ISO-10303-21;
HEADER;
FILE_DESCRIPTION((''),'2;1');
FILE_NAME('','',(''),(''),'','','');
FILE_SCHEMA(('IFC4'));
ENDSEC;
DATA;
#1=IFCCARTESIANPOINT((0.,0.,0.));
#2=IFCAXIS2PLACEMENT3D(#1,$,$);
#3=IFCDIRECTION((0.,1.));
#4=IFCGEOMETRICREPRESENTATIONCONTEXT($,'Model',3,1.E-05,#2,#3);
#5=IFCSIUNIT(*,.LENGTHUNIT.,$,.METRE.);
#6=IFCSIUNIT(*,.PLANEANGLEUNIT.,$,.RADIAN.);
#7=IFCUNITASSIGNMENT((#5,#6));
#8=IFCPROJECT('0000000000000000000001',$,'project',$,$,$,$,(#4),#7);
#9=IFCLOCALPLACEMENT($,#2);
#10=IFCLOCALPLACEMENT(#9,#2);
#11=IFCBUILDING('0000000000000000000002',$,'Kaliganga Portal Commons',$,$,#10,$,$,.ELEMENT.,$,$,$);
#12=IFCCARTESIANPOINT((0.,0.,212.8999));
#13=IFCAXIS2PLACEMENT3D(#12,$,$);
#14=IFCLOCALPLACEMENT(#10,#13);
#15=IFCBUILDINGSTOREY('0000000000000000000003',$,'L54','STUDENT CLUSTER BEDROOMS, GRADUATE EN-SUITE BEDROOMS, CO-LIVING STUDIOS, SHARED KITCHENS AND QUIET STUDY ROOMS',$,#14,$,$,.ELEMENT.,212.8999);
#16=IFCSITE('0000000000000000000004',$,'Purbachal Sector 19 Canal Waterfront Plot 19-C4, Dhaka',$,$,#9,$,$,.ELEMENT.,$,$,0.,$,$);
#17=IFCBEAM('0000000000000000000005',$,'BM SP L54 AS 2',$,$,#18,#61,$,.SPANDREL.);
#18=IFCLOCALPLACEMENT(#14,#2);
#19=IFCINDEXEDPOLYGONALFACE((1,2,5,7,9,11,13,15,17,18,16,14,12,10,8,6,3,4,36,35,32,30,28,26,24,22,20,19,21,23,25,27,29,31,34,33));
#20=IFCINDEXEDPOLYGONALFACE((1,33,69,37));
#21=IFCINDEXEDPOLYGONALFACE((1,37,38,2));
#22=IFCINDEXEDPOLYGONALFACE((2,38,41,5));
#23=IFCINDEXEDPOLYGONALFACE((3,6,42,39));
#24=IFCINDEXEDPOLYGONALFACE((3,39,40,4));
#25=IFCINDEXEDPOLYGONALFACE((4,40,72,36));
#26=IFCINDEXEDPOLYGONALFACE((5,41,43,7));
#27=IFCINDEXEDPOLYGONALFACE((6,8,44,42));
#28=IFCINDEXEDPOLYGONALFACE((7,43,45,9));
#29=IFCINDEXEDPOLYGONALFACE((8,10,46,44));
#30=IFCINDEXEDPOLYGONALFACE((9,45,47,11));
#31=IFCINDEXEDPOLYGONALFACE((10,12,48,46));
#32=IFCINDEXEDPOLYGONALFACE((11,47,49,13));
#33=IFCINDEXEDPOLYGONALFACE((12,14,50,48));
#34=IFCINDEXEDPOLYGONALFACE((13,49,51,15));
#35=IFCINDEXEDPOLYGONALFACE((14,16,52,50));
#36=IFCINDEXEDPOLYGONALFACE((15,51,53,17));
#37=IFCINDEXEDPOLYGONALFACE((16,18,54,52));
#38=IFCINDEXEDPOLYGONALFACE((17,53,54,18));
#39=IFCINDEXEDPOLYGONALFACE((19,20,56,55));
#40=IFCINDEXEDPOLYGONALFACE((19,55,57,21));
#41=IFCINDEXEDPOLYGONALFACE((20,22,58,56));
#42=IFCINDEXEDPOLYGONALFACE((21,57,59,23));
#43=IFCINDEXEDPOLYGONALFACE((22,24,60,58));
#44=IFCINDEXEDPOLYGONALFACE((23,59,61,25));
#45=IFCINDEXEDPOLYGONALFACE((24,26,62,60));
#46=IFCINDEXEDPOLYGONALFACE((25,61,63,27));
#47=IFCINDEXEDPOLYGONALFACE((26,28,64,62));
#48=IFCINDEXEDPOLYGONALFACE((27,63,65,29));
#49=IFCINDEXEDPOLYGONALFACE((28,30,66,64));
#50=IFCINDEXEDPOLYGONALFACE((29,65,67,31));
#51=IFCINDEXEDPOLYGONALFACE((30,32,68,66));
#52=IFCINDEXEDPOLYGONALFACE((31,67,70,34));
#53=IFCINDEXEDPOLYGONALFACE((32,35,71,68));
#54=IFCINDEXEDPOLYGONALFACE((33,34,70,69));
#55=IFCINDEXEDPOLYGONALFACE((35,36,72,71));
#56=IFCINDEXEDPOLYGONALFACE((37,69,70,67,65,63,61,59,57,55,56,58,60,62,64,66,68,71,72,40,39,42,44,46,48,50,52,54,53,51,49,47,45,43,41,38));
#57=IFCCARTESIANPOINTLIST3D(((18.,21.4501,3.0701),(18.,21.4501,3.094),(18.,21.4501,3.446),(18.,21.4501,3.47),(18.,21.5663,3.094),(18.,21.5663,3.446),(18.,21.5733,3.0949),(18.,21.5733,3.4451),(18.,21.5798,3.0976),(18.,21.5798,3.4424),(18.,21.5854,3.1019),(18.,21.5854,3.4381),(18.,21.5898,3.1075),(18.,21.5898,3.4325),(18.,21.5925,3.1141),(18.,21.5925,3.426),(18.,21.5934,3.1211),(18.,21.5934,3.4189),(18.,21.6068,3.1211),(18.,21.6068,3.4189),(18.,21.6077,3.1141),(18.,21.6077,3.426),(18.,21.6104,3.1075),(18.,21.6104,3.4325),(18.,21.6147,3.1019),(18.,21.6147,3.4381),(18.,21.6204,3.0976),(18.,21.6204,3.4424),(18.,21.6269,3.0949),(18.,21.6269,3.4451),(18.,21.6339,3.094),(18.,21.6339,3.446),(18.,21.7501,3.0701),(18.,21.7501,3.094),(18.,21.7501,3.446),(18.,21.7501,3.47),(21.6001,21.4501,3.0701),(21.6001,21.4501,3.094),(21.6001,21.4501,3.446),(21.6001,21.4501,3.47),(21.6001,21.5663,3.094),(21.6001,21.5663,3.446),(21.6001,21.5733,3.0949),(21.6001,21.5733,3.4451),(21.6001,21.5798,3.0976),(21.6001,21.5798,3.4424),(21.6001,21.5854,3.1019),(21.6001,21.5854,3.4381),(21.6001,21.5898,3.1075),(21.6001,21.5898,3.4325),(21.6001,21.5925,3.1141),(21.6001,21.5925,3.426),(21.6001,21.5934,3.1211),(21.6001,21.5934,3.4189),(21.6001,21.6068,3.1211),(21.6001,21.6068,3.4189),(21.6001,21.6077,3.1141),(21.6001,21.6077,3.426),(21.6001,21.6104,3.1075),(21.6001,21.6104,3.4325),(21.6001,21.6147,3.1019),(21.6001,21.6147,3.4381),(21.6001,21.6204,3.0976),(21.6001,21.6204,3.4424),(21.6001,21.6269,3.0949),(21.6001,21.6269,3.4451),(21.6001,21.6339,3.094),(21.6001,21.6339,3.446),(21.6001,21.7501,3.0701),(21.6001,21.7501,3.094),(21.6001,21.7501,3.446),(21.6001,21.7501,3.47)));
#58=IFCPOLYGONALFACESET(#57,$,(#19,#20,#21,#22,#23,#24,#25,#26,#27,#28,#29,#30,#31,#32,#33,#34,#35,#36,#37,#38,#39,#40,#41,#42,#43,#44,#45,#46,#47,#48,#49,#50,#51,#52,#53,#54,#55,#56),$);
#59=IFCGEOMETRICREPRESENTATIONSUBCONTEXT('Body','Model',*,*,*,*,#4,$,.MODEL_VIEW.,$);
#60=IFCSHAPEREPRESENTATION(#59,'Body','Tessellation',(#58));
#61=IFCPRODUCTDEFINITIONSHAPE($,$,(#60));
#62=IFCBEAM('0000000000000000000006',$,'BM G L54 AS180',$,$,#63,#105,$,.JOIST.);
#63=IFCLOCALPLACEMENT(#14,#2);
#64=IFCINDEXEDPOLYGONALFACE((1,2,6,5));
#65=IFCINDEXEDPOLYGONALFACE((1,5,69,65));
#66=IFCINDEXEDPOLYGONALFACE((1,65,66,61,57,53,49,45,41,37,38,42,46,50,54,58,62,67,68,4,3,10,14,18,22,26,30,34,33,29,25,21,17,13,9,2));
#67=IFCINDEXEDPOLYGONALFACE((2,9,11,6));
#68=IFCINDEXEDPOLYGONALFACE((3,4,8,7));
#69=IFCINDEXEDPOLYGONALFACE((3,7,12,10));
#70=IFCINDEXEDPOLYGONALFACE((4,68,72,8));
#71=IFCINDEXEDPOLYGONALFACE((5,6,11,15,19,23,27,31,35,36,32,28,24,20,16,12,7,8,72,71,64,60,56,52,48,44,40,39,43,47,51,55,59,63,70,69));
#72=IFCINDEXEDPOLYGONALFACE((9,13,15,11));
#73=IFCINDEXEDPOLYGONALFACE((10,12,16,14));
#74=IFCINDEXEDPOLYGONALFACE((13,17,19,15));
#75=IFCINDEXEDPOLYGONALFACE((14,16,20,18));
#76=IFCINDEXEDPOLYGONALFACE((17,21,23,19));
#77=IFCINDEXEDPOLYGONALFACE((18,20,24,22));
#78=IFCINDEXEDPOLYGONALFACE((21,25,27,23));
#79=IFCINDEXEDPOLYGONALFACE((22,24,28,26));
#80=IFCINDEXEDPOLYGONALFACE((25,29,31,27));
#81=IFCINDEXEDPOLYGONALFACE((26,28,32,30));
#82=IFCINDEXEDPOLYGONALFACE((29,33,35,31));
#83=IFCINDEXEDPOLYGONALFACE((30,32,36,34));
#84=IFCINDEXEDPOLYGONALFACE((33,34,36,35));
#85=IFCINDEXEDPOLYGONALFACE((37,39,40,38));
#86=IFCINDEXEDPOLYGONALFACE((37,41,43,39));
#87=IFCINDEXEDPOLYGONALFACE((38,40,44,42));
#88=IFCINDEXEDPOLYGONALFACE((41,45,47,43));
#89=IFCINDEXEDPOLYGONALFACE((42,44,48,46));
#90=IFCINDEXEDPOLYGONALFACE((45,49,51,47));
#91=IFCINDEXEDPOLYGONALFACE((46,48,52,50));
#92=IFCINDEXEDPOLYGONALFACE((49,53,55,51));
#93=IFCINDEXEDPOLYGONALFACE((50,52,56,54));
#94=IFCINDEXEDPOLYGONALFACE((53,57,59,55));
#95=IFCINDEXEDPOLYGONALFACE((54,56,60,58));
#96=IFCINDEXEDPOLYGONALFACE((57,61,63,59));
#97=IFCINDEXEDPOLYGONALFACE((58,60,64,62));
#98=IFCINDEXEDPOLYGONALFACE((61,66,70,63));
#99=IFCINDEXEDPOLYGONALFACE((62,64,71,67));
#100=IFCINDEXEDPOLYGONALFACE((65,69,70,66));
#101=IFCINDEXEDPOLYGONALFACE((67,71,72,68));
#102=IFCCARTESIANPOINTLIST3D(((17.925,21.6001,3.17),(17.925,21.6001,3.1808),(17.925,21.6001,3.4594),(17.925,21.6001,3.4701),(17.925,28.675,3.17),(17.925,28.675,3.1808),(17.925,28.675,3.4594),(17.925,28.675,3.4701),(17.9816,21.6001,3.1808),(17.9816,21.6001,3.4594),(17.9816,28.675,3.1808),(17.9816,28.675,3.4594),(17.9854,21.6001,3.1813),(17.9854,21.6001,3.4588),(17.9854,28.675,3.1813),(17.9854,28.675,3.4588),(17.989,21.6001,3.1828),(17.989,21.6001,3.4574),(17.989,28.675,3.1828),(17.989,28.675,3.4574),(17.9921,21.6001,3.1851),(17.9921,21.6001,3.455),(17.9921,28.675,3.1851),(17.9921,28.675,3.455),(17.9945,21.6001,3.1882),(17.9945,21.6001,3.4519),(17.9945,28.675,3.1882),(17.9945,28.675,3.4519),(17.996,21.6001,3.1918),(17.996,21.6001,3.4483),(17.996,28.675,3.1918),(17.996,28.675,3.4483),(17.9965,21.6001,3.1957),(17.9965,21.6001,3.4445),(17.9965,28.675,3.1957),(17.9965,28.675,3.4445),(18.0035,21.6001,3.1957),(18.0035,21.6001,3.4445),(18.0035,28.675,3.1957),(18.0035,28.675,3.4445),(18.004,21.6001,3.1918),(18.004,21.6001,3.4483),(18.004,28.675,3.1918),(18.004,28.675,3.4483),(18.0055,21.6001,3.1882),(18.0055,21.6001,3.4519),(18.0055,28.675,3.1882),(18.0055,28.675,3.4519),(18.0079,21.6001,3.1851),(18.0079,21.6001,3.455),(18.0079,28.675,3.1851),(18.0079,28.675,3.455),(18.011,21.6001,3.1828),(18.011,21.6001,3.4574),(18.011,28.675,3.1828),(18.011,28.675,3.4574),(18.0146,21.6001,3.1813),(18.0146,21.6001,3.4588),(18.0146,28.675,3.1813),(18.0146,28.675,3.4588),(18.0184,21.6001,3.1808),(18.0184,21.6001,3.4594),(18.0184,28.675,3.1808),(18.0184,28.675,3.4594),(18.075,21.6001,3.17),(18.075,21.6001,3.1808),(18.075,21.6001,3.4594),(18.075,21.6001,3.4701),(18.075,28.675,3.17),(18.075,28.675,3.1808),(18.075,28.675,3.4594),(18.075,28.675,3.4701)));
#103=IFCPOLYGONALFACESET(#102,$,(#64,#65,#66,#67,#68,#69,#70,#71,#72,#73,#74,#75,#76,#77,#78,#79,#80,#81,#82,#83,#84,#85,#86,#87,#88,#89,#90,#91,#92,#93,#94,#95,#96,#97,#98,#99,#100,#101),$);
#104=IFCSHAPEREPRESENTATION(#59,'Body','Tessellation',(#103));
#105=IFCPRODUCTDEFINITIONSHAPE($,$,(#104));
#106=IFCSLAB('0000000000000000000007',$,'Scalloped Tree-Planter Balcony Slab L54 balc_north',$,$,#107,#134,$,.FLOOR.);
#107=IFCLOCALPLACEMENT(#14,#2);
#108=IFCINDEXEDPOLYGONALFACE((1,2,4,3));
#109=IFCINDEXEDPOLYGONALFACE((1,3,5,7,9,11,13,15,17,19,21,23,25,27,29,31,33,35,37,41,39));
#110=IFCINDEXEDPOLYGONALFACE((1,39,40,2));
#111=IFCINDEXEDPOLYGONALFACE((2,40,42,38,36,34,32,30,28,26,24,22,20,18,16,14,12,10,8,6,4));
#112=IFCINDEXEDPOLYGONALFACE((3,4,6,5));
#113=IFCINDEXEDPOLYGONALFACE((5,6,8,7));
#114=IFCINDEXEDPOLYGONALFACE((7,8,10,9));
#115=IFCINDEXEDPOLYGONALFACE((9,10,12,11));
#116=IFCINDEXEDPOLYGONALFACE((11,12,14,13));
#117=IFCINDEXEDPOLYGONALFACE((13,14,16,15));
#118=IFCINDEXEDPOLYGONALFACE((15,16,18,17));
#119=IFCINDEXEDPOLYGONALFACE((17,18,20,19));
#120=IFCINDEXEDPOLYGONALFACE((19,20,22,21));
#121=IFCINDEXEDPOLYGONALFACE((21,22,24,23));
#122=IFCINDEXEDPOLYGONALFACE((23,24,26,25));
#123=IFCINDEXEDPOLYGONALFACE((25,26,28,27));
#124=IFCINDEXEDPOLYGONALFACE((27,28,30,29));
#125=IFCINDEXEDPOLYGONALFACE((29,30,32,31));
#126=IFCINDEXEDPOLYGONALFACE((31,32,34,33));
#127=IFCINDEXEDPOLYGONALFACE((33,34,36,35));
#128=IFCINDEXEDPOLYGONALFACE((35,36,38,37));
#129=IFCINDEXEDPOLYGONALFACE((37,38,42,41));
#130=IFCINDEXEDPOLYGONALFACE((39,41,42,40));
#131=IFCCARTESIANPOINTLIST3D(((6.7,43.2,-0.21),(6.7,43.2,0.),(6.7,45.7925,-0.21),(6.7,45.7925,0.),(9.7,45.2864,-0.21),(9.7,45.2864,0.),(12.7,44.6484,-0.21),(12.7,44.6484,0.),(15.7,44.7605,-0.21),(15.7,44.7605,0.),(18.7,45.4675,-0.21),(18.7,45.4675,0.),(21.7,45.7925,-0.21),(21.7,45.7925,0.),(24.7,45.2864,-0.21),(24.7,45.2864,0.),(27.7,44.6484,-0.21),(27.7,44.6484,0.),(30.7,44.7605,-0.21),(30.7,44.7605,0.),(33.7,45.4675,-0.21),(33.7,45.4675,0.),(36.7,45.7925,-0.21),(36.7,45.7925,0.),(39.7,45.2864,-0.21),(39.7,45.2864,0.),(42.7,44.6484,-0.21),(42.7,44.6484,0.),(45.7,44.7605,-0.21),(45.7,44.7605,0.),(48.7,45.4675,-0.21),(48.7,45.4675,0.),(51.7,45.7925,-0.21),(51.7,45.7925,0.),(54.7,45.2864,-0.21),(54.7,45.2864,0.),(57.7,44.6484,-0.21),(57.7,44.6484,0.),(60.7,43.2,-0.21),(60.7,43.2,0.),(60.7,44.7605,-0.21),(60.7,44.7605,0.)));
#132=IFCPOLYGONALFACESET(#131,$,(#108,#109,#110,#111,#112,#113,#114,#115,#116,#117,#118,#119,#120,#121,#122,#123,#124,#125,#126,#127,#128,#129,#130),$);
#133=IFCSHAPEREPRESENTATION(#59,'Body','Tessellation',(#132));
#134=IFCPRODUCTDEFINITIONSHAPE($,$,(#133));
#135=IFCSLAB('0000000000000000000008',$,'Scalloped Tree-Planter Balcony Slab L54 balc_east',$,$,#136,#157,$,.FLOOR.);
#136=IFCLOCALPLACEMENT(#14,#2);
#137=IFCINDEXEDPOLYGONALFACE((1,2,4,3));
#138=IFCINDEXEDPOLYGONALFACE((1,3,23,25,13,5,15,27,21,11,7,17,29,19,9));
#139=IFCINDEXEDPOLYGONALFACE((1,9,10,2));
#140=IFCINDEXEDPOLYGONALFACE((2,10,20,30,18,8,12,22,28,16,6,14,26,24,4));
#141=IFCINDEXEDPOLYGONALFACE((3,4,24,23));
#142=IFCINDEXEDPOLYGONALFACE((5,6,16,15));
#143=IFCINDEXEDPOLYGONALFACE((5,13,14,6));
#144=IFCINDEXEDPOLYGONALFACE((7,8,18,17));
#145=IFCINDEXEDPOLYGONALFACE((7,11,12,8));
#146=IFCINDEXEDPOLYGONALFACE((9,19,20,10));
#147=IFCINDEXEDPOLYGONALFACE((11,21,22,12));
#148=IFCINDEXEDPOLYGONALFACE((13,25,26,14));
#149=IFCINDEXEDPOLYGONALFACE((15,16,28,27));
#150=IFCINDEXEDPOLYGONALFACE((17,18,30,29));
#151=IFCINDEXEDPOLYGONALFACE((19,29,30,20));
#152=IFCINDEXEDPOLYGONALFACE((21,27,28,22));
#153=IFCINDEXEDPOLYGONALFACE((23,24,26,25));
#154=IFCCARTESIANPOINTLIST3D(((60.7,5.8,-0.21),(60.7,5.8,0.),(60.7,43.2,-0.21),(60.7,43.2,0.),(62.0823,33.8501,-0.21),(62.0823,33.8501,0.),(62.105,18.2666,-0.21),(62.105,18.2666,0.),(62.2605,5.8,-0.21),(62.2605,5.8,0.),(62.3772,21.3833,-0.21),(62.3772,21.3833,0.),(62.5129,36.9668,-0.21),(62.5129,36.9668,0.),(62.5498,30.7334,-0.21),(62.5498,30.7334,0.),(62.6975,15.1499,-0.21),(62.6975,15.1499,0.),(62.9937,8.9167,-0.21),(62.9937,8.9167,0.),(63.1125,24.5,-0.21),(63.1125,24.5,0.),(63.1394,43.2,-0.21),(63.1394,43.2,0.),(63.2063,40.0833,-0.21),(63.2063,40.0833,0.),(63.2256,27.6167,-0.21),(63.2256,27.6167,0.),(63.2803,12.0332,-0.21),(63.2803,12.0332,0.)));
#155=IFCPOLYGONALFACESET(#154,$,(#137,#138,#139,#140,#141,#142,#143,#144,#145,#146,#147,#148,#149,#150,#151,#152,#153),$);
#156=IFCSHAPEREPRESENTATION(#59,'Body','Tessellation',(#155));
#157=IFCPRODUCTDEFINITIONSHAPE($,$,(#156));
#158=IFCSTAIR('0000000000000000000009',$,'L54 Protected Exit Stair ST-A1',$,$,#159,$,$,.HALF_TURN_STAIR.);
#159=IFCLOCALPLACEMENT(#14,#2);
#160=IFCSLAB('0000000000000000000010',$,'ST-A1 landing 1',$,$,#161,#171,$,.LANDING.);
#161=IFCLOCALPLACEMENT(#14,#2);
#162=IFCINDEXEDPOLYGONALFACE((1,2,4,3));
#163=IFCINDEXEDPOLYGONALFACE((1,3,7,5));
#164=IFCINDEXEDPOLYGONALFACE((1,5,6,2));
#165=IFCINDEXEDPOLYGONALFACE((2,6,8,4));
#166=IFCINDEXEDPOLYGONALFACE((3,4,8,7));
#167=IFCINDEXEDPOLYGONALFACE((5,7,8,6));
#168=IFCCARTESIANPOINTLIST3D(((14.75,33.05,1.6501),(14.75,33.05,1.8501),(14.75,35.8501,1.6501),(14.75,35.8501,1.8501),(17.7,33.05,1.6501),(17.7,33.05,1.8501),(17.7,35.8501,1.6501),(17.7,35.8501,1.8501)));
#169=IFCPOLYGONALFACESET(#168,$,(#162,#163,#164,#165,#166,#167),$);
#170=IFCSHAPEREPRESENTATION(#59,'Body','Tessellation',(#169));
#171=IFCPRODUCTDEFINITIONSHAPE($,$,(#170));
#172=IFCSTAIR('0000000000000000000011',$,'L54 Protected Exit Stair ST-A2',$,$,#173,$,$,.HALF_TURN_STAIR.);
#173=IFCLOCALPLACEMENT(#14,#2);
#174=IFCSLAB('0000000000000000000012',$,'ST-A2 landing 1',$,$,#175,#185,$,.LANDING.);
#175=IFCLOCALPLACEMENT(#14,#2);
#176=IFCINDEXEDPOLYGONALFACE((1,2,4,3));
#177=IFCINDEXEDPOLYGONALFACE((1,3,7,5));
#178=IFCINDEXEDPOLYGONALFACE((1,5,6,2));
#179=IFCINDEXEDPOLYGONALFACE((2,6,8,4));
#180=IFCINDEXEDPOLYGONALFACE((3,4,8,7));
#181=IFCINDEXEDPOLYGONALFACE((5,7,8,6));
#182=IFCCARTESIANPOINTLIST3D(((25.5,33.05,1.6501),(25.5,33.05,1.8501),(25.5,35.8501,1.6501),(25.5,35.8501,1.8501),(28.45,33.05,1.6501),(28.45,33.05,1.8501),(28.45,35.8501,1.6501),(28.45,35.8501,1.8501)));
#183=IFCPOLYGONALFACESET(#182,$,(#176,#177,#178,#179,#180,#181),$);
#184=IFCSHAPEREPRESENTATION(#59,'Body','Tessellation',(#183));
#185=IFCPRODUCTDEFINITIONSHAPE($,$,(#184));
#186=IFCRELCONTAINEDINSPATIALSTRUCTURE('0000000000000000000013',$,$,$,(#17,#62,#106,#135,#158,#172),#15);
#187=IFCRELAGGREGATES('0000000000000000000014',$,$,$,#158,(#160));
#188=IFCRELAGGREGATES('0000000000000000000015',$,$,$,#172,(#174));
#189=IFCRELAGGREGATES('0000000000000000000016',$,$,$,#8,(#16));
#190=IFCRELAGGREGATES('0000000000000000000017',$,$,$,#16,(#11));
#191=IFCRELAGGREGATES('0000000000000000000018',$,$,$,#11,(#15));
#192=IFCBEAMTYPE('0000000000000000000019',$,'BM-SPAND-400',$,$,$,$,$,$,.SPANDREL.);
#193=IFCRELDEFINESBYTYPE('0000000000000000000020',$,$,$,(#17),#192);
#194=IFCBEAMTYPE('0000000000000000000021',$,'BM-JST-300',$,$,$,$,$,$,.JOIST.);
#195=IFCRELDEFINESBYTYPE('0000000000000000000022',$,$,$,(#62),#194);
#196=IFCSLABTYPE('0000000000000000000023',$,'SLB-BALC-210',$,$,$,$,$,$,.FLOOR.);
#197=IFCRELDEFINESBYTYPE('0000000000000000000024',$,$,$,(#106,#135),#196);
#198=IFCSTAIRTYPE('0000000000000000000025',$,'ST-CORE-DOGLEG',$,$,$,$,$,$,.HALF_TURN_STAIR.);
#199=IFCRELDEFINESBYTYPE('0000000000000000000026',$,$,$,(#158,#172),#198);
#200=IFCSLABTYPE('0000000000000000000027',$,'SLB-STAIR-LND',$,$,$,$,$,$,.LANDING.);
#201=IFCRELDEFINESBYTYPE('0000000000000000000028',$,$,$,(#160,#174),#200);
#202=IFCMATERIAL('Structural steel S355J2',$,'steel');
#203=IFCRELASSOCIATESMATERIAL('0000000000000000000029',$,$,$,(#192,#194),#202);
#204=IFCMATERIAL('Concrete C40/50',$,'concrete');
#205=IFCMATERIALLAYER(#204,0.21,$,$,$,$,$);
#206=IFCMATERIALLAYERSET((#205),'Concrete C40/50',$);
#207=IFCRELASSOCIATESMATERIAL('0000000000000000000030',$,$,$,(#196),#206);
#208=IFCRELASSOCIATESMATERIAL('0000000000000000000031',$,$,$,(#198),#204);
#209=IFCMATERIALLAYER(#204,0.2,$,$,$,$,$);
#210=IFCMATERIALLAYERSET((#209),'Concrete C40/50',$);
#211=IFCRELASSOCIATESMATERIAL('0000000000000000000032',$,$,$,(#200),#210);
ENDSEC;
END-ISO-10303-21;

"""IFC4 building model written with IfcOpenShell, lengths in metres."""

from ifc_helpers import new_model, si_unit, direction, frame, origin, origin_2d, place, context, subcontext, project, spatial, polyline, i_section, outline, extrude, source, transform, mapped, material, layer, layer_set, material_profile, profile_set, type_object, element, aggregate, save


model = new_model("IFC4")

# Units and contexts
model_context = context("Model", 3, precision=1e-05, world=origin(), true_north=direction((0.0, 1.0)))
body_context = subcontext(model_context, "Body", "Model", "MODEL_VIEW")
ifc_project = project(units=[si_unit("LENGTHUNIT", "METRE"), si_unit("PLANEANGLEUNIT", "RADIAN")], contexts=[model_context])

# Site, building, storey
site_placement = place(None, origin())
site = spatial("IfcSite", under=ifc_project, at=site_placement, Name="Purbachal Sector 19 Canal Waterfront Plot 19-C4, Dhaka", CompositionType="ELEMENT", RefElevation=0.0)
building_placement = place(site_placement, origin())
building = spatial("IfcBuilding", under=site, at=building_placement, Name="Kaliganga Portal Commons", CompositionType="ELEMENT")
storey_placement = place(building_placement, frame((0.0, 0.0, 212.8999)))
storey = spatial("IfcBuildingStorey", under=building, at=storey_placement, Name="L54", Description="STUDENT CLUSTER BEDROOMS, GRADUATE EN-SUITE BEDROOMS, CO-LIVING STUDIOS, SHARED KITCHENS AND QUIET STUDY ROOMS", CompositionType="ELEMENT", Elevation=212.8999)

# Shared definitions
ifc_material_1 = material(Name="Structural steel S355J2", Category="steel")

# Beams
ifc_material_profile_1 = material_profile(ifc_material_1, i_section(OverallWidth=0.3, OverallDepth=0.3999, WebThickness=0.0134, FlangeThickness=0.0239, FilletRadius=0.0271, at=origin_2d()), Name="HE 400 B")
ifc_profile_set_1 = profile_set([ifc_material_profile_1], Name="Structural steel S355J2 wide-flange")
beam_type_1 = type_object("IfcBeamType", Name="BM-SPAND-400", PredefinedType="SPANDREL", material=ifc_profile_set_1)
shared_shape_1 = source(origin(), body_context, "Body", "SweptSolid", [
    extrude(i_section(OverallWidth=0.3, OverallDepth=0.3999, WebThickness=0.0134, FlangeThickness=0.0239, FilletRadius=0.0271, at=origin_2d()), origin(), (0.0, 0.0, 1.0), 3.6001),
])
for number, where, z_axis, x_axis, name in (
    (1, (18.0, 21.6001, 3.27), (1.0, 0.0, 0.0), (0.0, 1.0, 0.0), "BM SP L54 AS 2"),
):
    element("IfcBeam", number, at=place(storey_placement, frame(where, z_axis=z_axis, x_axis=x_axis)), inside=storey, type_object=beam_type_1, Name=name, PredefinedType="SPANDREL", context=body_context, shape_type="MappedRepresentation", body=[
        mapped(shared_shape_1, transform((0.0, 0.0, 0.0), x_axis=(1.0, 0.0, 0.0), y_axis=(0.0, 1.0, 0.0), z_axis=(0.0, 0.0, 1.0), scale=1.0)),
    ])
ifc_material_profile_2 = material_profile(ifc_material_1, i_section(OverallWidth=0.1499, OverallDepth=0.3, WebThickness=0.0071, FlangeThickness=0.0107, FilletRadius=0.0149, at=origin_2d()), Name="IPE 300")
ifc_profile_set_2 = profile_set([ifc_material_profile_2], Name="Structural steel S355J2 wide-flange")
beam_type_2 = type_object("IfcBeamType", Name="BM-JST-300", PredefinedType="JOIST", material=ifc_profile_set_2)
shared_shape_2 = source(origin(), body_context, "Body", "SweptSolid", [
    extrude(i_section(OverallWidth=0.1499, OverallDepth=0.3, WebThickness=0.0071, FlangeThickness=0.0107, FilletRadius=0.0149, at=origin_2d()), origin(), (0.0, 0.0, 1.0), 7.075),
])
beam_1_placement = place(storey_placement, frame((18.0, 21.6001, 3.3201), z_axis=(0.0, 1.0, 0.0), x_axis=(-1.0, 0.0, 0.0)))
element("IfcBeam", 2, at=beam_1_placement, inside=storey, type_object=beam_type_2, Name="BM G L54 AS180", PredefinedType="JOIST", context=body_context, shape_type="MappedRepresentation", body=[
    mapped(shared_shape_2, transform((0.0, 0.0, 0.0), x_axis=(1.0, 0.0, 0.0), y_axis=(0.0, 1.0, 0.0), z_axis=(0.0, 0.0, 1.0), scale=1.0)),
])

# Slabs
ifc_material_2 = material(Name="Concrete C40/50", Category="concrete")
ifc_layer_1 = layer(ifc_material_2, 0.21)
ifc_layer_set_1 = layer_set([ifc_layer_1], Name="Concrete C40/50")
slab_type_1 = type_object("IfcSlabType", Name="SLB-BALC-210", PredefinedType="FLOOR", material=ifc_layer_set_1)
slab_1_placement = place(storey_placement, frame((0.0, 0.0, -0.21)))
element("IfcSlab", 3, at=slab_1_placement, inside=storey, type_object=slab_type_1, Name="Scalloped Tree-Planter Balcony Slab L54 balc_north", PredefinedType="FLOOR", context=body_context, shape_type="SweptSolid", body=[
    extrude(outline(polyline([(60.7, 43.2), (60.7, 44.7605), (57.7, 44.6484), (54.7, 45.2864), (51.7, 45.7925), (48.7, 45.4675), (45.7, 44.7605), (42.7, 44.6484), (39.7, 45.2864), (36.7, 45.7925), (33.7, 45.4675), (30.7, 44.7605), (27.7, 44.6484), (24.7, 45.2864), (21.7, 45.7925), (18.7, 45.4675), (15.7, 44.7605), (12.7, 44.6484), (9.7, 45.2864), (6.7, 45.7925), (6.7, 43.2), (60.7, 43.2)])), origin(), (0.0, 0.0, 1.0), 0.21),
])
slab_2_placement = place(storey_placement, frame((0.0, 0.0, -0.21)))
element("IfcSlab", 4, at=slab_2_placement, inside=storey, type_object=slab_type_1, Name="Scalloped Tree-Planter Balcony Slab L54 balc_east", PredefinedType="FLOOR", context=body_context, shape_type="SweptSolid", body=[
    extrude(outline(polyline([(60.7, 5.8), (62.2605, 5.8), (62.9937, 8.9167), (63.2803, 12.0332), (62.6975, 15.1499), (62.105, 18.2666), (62.3772, 21.3833), (63.1125, 24.5), (63.2256, 27.6167), (62.5498, 30.7334), (62.0823, 33.8501), (62.5129, 36.9668), (63.2063, 40.0833), (63.1394, 43.2), (60.7, 43.2), (60.7, 5.8)])), origin(), (0.0, 0.0, 1.0), 0.21),
])

# Stairs, slabs
stair_type = type_object("IfcStairType", Name="ST-CORE-DOGLEG", PredefinedType="HALF_TURN_STAIR", material=ifc_material_2)
stair_1_placement = place(storey_placement, origin())
stair_1 = element("IfcStair", 5, at=stair_1_placement, inside=storey, type_object=stair_type, Name="L54 Protected Exit Stair ST-A1", PredefinedType="HALF_TURN_STAIR")
ifc_layer_2 = layer(ifc_material_2, 0.2)
ifc_layer_set_2 = layer_set([ifc_layer_2], Name="Concrete C40/50")
slab_type_2 = type_object("IfcSlabType", Name="SLB-STAIR-LND", PredefinedType="LANDING", material=ifc_layer_set_2)
slab_3_placement = place(storey_placement, frame((0.0, 0.0, 1.6501)))
slab_3 = element("IfcSlab", 6, at=slab_3_placement, type_object=slab_type_2, Name="ST-A1 landing 1", PredefinedType="LANDING", context=body_context, shape_type="SweptSolid", body=[
    extrude(outline(polyline([(17.7, 33.05), (17.7, 35.8501), (14.75, 35.8501), (14.75, 33.05), (17.7, 33.05)])), origin(), (0.0, 0.0, 1.0), 0.2),
])
aggregate(stair_1, [slab_3])
stair_2_placement = place(storey_placement, origin())
stair_2 = element("IfcStair", 7, at=stair_2_placement, inside=storey, type_object=stair_type, Name="L54 Protected Exit Stair ST-A2", PredefinedType="HALF_TURN_STAIR")
slab_4_placement = place(storey_placement, frame((0.0, 0.0, 1.6501)))
slab_4 = element("IfcSlab", 8, at=slab_4_placement, type_object=slab_type_2, Name="ST-A2 landing 1", PredefinedType="LANDING", context=body_context, shape_type="SweptSolid", body=[
    extrude(outline(polyline([(28.45, 33.05), (28.45, 35.8501), (25.5, 35.8501), (25.5, 33.05), (28.45, 33.05)])), origin(), (0.0, 0.0, 1.0), 0.2),
])
aggregate(stair_2, [slab_4])

save(model, "model.ifc")
